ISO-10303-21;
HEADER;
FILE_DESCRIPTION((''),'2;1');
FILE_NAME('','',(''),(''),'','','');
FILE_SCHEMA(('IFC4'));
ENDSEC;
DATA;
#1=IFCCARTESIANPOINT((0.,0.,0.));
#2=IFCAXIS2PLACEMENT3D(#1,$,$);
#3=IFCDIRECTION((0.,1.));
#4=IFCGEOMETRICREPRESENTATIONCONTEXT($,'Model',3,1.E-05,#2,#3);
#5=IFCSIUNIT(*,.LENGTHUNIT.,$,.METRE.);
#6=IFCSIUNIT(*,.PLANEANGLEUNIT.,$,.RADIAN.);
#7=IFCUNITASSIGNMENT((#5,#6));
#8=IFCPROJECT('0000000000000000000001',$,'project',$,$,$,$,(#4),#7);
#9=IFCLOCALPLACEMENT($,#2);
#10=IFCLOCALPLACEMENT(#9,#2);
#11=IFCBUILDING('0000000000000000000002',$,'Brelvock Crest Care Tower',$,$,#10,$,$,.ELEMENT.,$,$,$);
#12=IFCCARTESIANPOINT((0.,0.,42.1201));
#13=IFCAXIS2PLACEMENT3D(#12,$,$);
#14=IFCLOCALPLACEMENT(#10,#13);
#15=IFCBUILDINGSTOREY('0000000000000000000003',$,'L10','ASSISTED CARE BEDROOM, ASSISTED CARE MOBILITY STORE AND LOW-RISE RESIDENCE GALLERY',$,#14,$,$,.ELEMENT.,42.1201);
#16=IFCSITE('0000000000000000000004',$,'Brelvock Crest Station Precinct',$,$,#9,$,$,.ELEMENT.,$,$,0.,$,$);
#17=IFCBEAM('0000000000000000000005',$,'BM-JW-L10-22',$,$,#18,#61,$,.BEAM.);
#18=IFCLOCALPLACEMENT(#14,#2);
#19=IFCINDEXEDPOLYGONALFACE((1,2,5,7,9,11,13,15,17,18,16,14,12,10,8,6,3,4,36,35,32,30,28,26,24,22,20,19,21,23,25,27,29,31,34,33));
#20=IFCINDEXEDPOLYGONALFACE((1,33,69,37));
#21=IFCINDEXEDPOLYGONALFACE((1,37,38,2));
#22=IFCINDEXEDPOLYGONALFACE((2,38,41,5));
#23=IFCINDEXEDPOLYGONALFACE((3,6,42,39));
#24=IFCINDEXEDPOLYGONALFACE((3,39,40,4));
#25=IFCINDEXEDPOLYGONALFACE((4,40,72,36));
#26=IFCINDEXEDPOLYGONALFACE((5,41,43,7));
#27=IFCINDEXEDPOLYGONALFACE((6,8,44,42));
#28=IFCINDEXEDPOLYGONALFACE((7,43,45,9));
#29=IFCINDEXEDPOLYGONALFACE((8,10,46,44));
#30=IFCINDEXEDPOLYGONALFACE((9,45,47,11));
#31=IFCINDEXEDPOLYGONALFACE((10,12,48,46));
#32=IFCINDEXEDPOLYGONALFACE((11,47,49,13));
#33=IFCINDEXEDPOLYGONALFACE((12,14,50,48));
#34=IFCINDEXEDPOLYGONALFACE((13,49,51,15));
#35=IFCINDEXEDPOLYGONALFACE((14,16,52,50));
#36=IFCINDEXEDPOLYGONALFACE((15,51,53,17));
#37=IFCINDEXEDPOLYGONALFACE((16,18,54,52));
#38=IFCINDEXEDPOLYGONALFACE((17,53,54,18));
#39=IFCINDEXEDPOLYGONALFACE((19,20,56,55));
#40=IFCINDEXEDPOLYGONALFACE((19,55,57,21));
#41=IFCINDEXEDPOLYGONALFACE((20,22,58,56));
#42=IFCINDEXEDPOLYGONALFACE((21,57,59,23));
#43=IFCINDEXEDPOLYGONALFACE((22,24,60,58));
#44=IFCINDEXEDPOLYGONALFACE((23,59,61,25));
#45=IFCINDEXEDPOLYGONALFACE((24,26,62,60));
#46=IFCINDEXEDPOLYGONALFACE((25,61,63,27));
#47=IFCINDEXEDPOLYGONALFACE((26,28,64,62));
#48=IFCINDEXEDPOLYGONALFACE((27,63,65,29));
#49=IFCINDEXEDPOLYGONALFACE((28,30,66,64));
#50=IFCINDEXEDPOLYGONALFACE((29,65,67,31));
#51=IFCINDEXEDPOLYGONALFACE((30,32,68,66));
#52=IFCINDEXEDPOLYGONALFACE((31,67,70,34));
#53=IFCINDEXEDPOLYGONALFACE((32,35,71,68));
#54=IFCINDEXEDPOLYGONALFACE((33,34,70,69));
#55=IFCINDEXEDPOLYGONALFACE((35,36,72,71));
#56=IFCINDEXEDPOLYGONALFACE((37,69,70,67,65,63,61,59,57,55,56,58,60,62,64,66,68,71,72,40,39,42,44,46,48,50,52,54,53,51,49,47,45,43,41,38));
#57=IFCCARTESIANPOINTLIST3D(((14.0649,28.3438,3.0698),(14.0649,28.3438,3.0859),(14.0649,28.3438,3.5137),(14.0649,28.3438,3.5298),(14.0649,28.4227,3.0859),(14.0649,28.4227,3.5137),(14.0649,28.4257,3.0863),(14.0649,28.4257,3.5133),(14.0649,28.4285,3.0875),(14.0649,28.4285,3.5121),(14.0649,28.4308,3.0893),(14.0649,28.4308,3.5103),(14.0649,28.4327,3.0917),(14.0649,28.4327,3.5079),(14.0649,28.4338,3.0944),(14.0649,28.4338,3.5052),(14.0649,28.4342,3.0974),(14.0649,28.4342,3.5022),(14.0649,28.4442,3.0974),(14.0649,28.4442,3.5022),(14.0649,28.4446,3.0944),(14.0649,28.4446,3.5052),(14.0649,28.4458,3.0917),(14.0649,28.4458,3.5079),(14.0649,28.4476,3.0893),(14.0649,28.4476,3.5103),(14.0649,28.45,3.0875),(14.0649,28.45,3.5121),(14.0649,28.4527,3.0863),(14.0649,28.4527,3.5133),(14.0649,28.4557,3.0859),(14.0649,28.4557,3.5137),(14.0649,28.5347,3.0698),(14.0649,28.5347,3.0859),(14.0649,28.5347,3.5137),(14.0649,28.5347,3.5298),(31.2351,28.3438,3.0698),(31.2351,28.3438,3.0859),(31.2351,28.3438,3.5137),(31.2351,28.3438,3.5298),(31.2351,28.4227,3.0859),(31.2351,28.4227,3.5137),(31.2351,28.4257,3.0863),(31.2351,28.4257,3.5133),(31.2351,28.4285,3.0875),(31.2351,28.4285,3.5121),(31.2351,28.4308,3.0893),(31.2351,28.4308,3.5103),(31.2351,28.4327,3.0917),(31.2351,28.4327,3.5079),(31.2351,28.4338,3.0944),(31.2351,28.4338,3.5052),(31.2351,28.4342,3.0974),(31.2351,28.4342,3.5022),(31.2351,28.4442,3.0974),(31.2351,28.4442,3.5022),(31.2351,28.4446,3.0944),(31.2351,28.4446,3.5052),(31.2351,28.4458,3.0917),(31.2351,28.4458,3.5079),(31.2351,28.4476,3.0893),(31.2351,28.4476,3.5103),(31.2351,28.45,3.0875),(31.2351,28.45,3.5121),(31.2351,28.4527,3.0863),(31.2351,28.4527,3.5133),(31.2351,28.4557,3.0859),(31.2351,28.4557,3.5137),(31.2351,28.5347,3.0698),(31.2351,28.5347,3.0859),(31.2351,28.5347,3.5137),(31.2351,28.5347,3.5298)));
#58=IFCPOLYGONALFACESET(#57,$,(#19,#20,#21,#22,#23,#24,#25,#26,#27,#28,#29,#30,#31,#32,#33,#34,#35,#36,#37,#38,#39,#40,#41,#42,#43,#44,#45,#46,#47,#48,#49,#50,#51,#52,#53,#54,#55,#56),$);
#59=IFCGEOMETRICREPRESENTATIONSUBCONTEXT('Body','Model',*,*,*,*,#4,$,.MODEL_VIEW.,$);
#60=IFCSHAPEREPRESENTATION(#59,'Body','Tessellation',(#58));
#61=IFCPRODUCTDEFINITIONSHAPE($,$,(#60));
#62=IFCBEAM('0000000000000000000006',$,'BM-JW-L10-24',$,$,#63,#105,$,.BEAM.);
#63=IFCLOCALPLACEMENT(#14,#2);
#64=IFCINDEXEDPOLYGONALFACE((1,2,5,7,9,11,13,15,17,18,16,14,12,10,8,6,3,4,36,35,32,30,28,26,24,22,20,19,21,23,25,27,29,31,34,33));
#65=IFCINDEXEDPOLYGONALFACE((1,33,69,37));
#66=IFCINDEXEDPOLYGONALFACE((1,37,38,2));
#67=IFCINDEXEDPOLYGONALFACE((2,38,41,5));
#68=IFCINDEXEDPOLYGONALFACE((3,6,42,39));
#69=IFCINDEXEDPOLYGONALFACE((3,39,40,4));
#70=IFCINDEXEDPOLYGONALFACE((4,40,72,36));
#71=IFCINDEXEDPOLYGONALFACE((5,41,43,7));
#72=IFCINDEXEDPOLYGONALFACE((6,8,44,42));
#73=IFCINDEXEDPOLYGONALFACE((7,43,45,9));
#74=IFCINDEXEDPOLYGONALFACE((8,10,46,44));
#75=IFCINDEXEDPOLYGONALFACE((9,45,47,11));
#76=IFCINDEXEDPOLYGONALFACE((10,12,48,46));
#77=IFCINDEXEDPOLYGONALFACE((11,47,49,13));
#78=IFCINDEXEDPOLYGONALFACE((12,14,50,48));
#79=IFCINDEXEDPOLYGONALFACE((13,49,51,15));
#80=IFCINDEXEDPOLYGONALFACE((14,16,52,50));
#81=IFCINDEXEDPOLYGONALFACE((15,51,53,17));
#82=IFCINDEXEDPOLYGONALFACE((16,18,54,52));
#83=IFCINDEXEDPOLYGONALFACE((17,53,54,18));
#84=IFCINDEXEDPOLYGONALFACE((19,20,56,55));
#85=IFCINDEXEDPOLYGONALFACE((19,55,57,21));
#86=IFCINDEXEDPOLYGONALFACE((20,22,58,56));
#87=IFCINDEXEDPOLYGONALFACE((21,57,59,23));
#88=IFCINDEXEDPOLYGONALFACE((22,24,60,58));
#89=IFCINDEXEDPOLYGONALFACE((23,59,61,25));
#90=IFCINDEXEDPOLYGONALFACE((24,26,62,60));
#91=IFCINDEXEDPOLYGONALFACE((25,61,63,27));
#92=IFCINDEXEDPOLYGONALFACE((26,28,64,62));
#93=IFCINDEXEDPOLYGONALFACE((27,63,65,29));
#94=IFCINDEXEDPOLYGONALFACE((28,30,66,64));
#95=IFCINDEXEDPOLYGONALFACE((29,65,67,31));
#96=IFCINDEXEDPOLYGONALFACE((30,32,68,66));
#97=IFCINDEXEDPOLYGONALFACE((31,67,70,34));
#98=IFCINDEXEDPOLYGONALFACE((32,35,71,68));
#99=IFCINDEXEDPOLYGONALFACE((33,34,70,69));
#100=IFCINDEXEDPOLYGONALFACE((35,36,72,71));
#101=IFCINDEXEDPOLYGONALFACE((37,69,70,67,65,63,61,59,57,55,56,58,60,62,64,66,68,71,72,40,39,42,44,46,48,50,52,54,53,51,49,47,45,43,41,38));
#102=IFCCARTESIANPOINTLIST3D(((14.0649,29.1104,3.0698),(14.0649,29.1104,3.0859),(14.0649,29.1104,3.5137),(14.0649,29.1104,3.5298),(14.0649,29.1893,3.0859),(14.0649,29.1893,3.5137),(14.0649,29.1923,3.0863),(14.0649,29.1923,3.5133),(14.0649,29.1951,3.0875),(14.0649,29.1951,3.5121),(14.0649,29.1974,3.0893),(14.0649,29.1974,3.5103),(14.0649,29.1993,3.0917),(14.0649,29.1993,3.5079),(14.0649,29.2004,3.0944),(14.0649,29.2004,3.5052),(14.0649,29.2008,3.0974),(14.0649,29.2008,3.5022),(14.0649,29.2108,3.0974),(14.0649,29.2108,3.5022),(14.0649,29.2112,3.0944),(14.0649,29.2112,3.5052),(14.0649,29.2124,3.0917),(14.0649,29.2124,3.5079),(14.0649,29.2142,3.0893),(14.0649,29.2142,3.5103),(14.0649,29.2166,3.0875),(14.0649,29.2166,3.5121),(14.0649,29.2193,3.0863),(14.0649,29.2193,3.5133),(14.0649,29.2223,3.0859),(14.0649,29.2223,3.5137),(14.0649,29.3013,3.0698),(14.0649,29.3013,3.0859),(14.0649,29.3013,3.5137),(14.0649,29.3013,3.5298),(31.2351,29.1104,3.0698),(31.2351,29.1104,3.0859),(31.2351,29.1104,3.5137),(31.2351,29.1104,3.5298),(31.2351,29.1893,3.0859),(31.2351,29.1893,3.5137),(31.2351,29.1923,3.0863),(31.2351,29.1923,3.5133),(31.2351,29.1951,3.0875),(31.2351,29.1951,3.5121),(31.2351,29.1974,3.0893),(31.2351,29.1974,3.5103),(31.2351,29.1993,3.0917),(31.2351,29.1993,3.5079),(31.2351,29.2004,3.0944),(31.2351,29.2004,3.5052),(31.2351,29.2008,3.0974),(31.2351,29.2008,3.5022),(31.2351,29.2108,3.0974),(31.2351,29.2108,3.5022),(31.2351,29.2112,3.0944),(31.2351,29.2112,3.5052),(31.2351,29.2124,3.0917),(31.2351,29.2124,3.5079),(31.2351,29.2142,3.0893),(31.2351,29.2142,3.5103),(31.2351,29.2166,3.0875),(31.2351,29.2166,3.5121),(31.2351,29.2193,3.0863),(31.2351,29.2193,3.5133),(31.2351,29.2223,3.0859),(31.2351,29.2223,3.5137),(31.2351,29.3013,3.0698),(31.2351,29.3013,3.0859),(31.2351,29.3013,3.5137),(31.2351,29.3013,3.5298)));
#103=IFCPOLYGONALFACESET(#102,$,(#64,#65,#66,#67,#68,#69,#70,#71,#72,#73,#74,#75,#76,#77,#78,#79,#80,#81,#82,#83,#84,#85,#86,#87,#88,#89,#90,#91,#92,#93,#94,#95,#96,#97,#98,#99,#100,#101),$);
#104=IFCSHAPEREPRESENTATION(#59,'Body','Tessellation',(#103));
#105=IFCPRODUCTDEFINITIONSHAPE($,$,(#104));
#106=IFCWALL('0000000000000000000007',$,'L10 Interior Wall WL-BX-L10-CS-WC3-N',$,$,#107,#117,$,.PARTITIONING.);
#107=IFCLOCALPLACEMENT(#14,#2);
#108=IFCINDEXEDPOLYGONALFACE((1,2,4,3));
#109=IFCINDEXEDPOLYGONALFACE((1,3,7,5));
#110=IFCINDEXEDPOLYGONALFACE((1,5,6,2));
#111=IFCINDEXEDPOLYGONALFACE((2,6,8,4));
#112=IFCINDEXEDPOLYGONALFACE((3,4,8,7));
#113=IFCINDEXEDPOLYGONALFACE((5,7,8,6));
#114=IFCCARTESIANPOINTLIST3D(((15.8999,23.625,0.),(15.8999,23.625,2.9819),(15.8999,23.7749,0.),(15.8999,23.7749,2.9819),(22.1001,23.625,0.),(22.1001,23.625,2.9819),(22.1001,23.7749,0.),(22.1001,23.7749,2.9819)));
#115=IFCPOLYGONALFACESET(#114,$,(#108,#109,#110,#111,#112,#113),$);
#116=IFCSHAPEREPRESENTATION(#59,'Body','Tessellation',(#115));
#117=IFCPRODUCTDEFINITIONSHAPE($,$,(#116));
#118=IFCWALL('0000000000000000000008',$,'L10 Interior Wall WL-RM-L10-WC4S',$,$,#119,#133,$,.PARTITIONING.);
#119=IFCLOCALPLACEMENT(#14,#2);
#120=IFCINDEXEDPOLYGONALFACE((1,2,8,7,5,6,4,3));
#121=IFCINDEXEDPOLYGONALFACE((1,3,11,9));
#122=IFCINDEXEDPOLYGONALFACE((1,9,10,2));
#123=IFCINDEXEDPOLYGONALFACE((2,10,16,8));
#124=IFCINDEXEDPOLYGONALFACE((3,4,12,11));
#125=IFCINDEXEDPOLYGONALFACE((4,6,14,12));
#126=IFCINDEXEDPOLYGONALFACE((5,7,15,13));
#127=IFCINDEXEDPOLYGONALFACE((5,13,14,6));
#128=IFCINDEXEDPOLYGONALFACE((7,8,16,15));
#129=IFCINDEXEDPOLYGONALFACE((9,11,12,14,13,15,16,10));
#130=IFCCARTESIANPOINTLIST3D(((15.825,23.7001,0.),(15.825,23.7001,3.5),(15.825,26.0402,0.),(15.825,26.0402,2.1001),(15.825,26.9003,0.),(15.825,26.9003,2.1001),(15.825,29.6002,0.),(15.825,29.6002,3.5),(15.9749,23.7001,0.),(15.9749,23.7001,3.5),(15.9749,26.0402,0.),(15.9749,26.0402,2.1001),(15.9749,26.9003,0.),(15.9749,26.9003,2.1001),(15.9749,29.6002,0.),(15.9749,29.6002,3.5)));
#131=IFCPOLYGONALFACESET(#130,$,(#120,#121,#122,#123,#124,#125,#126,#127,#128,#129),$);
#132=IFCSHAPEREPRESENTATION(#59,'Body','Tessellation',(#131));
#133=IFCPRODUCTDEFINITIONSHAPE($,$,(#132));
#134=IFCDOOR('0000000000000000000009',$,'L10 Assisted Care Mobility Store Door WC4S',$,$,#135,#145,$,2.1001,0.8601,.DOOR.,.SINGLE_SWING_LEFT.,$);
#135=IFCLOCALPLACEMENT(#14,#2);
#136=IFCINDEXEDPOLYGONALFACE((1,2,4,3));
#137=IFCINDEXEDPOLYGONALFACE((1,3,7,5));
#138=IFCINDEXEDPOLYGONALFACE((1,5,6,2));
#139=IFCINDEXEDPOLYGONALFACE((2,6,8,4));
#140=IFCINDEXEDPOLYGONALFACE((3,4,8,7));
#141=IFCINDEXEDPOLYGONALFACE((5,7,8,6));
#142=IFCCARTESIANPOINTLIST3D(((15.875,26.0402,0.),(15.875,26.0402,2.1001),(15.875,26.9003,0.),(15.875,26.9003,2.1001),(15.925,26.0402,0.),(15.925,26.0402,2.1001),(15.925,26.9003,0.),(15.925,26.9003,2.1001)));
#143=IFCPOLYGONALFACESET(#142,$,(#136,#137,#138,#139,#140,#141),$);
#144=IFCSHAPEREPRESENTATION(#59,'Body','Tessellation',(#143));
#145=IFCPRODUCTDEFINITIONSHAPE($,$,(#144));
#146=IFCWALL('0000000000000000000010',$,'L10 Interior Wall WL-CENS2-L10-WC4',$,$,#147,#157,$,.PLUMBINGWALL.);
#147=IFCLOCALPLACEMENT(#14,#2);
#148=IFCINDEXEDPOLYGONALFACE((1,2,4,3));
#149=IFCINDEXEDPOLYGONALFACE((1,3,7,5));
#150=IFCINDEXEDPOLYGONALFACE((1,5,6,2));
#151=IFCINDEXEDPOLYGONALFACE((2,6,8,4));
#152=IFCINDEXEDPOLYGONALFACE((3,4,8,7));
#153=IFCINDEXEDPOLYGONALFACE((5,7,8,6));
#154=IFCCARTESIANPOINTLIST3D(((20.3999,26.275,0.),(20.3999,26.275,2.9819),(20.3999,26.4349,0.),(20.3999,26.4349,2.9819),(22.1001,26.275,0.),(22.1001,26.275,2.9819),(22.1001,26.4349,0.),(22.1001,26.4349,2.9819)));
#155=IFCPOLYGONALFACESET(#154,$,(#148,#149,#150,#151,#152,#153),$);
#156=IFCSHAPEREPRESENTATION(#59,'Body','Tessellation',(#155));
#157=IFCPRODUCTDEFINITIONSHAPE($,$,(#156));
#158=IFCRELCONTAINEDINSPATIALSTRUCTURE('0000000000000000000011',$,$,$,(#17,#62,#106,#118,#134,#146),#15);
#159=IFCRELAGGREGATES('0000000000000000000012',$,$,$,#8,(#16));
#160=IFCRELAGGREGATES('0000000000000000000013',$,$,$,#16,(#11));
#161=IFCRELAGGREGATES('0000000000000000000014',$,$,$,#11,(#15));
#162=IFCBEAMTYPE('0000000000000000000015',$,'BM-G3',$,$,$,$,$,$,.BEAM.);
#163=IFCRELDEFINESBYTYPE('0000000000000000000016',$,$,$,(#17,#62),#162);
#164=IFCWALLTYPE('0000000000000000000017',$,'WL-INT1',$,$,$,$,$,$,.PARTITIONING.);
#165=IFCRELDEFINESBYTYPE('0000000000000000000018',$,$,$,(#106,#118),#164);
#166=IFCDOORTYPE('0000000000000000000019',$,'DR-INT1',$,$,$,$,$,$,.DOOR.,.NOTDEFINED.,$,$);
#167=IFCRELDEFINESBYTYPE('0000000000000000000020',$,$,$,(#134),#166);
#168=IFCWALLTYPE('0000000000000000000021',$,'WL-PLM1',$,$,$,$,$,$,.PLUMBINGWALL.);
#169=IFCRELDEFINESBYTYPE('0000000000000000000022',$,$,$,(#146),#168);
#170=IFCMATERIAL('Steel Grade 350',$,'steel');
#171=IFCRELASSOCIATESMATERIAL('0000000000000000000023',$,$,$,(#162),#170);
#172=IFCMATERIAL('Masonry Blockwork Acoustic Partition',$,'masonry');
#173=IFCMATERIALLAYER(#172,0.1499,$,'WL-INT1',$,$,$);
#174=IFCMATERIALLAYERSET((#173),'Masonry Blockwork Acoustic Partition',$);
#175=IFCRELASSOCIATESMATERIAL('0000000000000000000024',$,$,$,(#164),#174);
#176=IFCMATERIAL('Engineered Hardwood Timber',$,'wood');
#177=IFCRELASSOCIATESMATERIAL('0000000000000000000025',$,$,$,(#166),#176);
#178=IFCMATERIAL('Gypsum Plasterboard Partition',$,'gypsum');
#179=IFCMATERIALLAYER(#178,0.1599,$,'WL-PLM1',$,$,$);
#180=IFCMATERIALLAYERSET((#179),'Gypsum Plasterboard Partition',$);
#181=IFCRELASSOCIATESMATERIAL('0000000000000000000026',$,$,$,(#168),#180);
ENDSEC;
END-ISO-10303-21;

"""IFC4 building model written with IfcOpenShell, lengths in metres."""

from ifc_helpers import new_model, si_unit, direction, frame, frame_2d, origin, origin_2d, place, context, subcontext, project, spatial, rectangle, i_section, extrude, source, transform, mapped, material, layer, layer_set, material_profile, profile_set, type_object, element, fill, save


model = new_model("IFC4")

# Units and contexts
model_context = context("Model", 3, precision=1e-05, world=origin(), true_north=direction((0.0, 1.0)))
body_context = subcontext(model_context, "Body", "Model", "MODEL_VIEW")
ifc_project = project(units=[si_unit("LENGTHUNIT", "METRE"), si_unit("PLANEANGLEUNIT", "RADIAN")], contexts=[model_context])

# Site, building, storey
site_placement = place(None, origin())
site = spatial("IfcSite", under=ifc_project, at=site_placement, Name="Brelvock Crest Station Precinct", CompositionType="ELEMENT", RefElevation=0.0)
building_placement = place(site_placement, origin())
building = spatial("IfcBuilding", under=site, at=building_placement, Name="Brelvock Crest Care Tower", CompositionType="ELEMENT")
storey_placement = place(building_placement, frame((0.0, 0.0, 42.1201)))
storey = spatial("IfcBuildingStorey", under=building, at=storey_placement, Name="L10", Description="ASSISTED CARE BEDROOM, ASSISTED CARE MOBILITY STORE AND LOW-RISE RESIDENCE GALLERY", CompositionType="ELEMENT", Elevation=42.1201)

# Beams
ifc_material_1 = material(Name="Steel Grade 350", Category="steel")
ifc_material_profile_1 = material_profile(ifc_material_1, i_section(OverallWidth=0.1909, OverallDepth=0.46, WebThickness=0.01, FlangeThickness=0.0161, FilletRadius=0.0115, at=origin_2d()), Name="460UB82.1")
ifc_profile_set_1 = profile_set([ifc_material_profile_1], Name="Steel Grade 350")
beam_type_1 = type_object("IfcBeamType", Name="BM-G3", PredefinedType="BEAM", material=ifc_profile_set_1)
shared_shape_1 = source(origin(), body_context, "Body", "SweptSolid", [
    extrude(i_section(OverallWidth=0.1909, OverallDepth=0.46, WebThickness=0.01, FlangeThickness=0.0161, FilletRadius=0.0115, at=origin_2d()), origin(), (0.0, 0.0, 1.0), 17.1702),
])
for number, where, z_axis, x_axis, name in (
    (1, (14.0649, 28.4392, 3.2998), (1.0, 0.0, 0.0), (0.0, 1.0, 0.0), "BM-JW-L10-22"),
    (2, (14.0649, 29.2058, 3.2998), (1.0, 0.0, 0.0), (0.0, 1.0, 0.0), "BM-JW-L10-24"),
):
    element("IfcBeam", number, at=place(storey_placement, frame(where, z_axis=z_axis, x_axis=x_axis)), inside=storey, type_object=beam_type_1, Name=name, PredefinedType="BEAM", context=body_context, shape_type="MappedRepresentation", body=[
        mapped(shared_shape_1, transform((0.0, 0.0, 0.0), x_axis=(1.0, 0.0, 0.0), y_axis=(0.0, 1.0, 0.0), z_axis=(0.0, 0.0, 1.0), scale=1.0)),
    ])

# Wall
ifc_material_2 = material(Name="Masonry Blockwork Acoustic Partition", Category="masonry")
ifc_layer_1 = layer(ifc_material_2, 0.1499, Name="WL-INT1")
ifc_layer_set_1 = layer_set([ifc_layer_1], Name="Masonry Blockwork Acoustic Partition")
wall_type_1 = type_object("IfcWallType", Name="WL-INT1", PredefinedType="PARTITIONING", material=ifc_layer_set_1)
wall_1_placement = place(storey_placement, frame((15.8999, 23.7, 0.0), z_axis=(0.0, 0.0, 1.0), x_axis=(1.0, 0.0, 0.0)))
element("IfcWall", 3, at=wall_1_placement, inside=storey, type_object=wall_type_1, Name="L10 Interior Wall WL-BX-L10-CS-WC3-N", PredefinedType="PARTITIONING", context=body_context, shape_type="SweptSolid", body=[
    extrude(rectangle(XDim=6.2002, YDim=0.1499, at=frame_2d((3.1001, 0.0))), origin(), (0.0, 0.0, 1.0), 2.9819),
])

# Wall, opening, door
wall_2_placement = place(storey_placement, frame((15.8999, 23.7, 0.0), z_axis=(0.0, 0.0, 1.0), x_axis=(0.0, 1.0, 0.0)))
wall_2 = element("IfcWall", 4, at=wall_2_placement, inside=storey, type_object=wall_type_1, Name="L10 Interior Wall WL-RM-L10-WC4S", PredefinedType="PARTITIONING", context=body_context, shape_type="SweptSolid", body=[
    extrude(rectangle(XDim=5.9001, YDim=0.1499, at=frame_2d((2.9502, 0.0))), origin(), (0.0, 0.0, 1.0), 3.5),
])
opening_1_placement = place(wall_2_placement, frame((2.3401, 0.0, 0.0)))
opening_1 = element("IfcOpeningElement", 5, at=opening_1_placement, cuts=wall_2, PredefinedType="OPENING", context=body_context, shape_type="SweptSolid", body=[
    extrude(rectangle(XDim=0.8601, YDim=2.1001, at=origin_2d()), frame((0.4302, 0.085, 1.05), z_axis=(0.0, -1.0, 0.0), x_axis=(1.0, 0.0, 0.0)), (0.0, 0.0, 1.0), 0.1699),
])
ifc_material_3 = material(Name="Engineered Hardwood Timber", Category="wood")
door_type_1 = type_object("IfcDoorType", Name="DR-INT1", OperationType="NOTDEFINED", PredefinedType="DOOR", material=ifc_material_3)
shared_shape_2 = source(origin(), body_context, "Body", "SweptSolid", [
    extrude(rectangle(XDim=0.8601, YDim=2.1001, at=origin_2d()), frame((0.4302, 0.0249, 1.05), z_axis=(0.0, -1.0, 0.0), x_axis=(1.0, 0.0, 0.0)), (0.0, 0.0, 1.0), 0.05),
])
door_1_placement = place(opening_1_placement, origin())
door_1 = element("IfcDoor", 6, at=door_1_placement, inside=storey, type_object=door_type_1, Name="L10 Assisted Care Mobility Store Door WC4S", OperationType="SINGLE_SWING_LEFT", OverallHeight=2.1001, OverallWidth=0.8601, PredefinedType="DOOR", context=body_context, shape_type="MappedRepresentation", body=[
    mapped(shared_shape_2, transform((0.0, 0.0, 0.0), x_axis=(1.0, 0.0, 0.0), y_axis=(0.0, 1.0, 0.0), z_axis=(0.0, 0.0, 1.0), scale=1.0)),
])
fill(opening_1, door_1)

# Wall
ifc_material_4 = material(Name="Gypsum Plasterboard Partition", Category="gypsum")
ifc_layer_2 = layer(ifc_material_4, 0.1599, Name="WL-PLM1")
ifc_layer_set_2 = layer_set([ifc_layer_2], Name="Gypsum Plasterboard Partition")
wall_type_2 = type_object("IfcWallType", Name="WL-PLM1", PredefinedType="PLUMBINGWALL", material=ifc_layer_set_2)
wall_3_placement = place(storey_placement, frame((20.3999, 26.355, 0.0), z_axis=(0.0, 0.0, 1.0), x_axis=(1.0, 0.0, 0.0)))
element("IfcWall", 7, at=wall_3_placement, inside=storey, type_object=wall_type_2, Name="L10 Interior Wall WL-CENS2-L10-WC4", PredefinedType="PLUMBINGWALL", context=body_context, shape_type="SweptSolid", body=[
    extrude(rectangle(XDim=1.7002, YDim=0.1599, at=frame_2d((0.8501, 0.0))), origin(), (0.0, 0.0, 1.0), 2.9819),
])

save(model, "model.ifc")
